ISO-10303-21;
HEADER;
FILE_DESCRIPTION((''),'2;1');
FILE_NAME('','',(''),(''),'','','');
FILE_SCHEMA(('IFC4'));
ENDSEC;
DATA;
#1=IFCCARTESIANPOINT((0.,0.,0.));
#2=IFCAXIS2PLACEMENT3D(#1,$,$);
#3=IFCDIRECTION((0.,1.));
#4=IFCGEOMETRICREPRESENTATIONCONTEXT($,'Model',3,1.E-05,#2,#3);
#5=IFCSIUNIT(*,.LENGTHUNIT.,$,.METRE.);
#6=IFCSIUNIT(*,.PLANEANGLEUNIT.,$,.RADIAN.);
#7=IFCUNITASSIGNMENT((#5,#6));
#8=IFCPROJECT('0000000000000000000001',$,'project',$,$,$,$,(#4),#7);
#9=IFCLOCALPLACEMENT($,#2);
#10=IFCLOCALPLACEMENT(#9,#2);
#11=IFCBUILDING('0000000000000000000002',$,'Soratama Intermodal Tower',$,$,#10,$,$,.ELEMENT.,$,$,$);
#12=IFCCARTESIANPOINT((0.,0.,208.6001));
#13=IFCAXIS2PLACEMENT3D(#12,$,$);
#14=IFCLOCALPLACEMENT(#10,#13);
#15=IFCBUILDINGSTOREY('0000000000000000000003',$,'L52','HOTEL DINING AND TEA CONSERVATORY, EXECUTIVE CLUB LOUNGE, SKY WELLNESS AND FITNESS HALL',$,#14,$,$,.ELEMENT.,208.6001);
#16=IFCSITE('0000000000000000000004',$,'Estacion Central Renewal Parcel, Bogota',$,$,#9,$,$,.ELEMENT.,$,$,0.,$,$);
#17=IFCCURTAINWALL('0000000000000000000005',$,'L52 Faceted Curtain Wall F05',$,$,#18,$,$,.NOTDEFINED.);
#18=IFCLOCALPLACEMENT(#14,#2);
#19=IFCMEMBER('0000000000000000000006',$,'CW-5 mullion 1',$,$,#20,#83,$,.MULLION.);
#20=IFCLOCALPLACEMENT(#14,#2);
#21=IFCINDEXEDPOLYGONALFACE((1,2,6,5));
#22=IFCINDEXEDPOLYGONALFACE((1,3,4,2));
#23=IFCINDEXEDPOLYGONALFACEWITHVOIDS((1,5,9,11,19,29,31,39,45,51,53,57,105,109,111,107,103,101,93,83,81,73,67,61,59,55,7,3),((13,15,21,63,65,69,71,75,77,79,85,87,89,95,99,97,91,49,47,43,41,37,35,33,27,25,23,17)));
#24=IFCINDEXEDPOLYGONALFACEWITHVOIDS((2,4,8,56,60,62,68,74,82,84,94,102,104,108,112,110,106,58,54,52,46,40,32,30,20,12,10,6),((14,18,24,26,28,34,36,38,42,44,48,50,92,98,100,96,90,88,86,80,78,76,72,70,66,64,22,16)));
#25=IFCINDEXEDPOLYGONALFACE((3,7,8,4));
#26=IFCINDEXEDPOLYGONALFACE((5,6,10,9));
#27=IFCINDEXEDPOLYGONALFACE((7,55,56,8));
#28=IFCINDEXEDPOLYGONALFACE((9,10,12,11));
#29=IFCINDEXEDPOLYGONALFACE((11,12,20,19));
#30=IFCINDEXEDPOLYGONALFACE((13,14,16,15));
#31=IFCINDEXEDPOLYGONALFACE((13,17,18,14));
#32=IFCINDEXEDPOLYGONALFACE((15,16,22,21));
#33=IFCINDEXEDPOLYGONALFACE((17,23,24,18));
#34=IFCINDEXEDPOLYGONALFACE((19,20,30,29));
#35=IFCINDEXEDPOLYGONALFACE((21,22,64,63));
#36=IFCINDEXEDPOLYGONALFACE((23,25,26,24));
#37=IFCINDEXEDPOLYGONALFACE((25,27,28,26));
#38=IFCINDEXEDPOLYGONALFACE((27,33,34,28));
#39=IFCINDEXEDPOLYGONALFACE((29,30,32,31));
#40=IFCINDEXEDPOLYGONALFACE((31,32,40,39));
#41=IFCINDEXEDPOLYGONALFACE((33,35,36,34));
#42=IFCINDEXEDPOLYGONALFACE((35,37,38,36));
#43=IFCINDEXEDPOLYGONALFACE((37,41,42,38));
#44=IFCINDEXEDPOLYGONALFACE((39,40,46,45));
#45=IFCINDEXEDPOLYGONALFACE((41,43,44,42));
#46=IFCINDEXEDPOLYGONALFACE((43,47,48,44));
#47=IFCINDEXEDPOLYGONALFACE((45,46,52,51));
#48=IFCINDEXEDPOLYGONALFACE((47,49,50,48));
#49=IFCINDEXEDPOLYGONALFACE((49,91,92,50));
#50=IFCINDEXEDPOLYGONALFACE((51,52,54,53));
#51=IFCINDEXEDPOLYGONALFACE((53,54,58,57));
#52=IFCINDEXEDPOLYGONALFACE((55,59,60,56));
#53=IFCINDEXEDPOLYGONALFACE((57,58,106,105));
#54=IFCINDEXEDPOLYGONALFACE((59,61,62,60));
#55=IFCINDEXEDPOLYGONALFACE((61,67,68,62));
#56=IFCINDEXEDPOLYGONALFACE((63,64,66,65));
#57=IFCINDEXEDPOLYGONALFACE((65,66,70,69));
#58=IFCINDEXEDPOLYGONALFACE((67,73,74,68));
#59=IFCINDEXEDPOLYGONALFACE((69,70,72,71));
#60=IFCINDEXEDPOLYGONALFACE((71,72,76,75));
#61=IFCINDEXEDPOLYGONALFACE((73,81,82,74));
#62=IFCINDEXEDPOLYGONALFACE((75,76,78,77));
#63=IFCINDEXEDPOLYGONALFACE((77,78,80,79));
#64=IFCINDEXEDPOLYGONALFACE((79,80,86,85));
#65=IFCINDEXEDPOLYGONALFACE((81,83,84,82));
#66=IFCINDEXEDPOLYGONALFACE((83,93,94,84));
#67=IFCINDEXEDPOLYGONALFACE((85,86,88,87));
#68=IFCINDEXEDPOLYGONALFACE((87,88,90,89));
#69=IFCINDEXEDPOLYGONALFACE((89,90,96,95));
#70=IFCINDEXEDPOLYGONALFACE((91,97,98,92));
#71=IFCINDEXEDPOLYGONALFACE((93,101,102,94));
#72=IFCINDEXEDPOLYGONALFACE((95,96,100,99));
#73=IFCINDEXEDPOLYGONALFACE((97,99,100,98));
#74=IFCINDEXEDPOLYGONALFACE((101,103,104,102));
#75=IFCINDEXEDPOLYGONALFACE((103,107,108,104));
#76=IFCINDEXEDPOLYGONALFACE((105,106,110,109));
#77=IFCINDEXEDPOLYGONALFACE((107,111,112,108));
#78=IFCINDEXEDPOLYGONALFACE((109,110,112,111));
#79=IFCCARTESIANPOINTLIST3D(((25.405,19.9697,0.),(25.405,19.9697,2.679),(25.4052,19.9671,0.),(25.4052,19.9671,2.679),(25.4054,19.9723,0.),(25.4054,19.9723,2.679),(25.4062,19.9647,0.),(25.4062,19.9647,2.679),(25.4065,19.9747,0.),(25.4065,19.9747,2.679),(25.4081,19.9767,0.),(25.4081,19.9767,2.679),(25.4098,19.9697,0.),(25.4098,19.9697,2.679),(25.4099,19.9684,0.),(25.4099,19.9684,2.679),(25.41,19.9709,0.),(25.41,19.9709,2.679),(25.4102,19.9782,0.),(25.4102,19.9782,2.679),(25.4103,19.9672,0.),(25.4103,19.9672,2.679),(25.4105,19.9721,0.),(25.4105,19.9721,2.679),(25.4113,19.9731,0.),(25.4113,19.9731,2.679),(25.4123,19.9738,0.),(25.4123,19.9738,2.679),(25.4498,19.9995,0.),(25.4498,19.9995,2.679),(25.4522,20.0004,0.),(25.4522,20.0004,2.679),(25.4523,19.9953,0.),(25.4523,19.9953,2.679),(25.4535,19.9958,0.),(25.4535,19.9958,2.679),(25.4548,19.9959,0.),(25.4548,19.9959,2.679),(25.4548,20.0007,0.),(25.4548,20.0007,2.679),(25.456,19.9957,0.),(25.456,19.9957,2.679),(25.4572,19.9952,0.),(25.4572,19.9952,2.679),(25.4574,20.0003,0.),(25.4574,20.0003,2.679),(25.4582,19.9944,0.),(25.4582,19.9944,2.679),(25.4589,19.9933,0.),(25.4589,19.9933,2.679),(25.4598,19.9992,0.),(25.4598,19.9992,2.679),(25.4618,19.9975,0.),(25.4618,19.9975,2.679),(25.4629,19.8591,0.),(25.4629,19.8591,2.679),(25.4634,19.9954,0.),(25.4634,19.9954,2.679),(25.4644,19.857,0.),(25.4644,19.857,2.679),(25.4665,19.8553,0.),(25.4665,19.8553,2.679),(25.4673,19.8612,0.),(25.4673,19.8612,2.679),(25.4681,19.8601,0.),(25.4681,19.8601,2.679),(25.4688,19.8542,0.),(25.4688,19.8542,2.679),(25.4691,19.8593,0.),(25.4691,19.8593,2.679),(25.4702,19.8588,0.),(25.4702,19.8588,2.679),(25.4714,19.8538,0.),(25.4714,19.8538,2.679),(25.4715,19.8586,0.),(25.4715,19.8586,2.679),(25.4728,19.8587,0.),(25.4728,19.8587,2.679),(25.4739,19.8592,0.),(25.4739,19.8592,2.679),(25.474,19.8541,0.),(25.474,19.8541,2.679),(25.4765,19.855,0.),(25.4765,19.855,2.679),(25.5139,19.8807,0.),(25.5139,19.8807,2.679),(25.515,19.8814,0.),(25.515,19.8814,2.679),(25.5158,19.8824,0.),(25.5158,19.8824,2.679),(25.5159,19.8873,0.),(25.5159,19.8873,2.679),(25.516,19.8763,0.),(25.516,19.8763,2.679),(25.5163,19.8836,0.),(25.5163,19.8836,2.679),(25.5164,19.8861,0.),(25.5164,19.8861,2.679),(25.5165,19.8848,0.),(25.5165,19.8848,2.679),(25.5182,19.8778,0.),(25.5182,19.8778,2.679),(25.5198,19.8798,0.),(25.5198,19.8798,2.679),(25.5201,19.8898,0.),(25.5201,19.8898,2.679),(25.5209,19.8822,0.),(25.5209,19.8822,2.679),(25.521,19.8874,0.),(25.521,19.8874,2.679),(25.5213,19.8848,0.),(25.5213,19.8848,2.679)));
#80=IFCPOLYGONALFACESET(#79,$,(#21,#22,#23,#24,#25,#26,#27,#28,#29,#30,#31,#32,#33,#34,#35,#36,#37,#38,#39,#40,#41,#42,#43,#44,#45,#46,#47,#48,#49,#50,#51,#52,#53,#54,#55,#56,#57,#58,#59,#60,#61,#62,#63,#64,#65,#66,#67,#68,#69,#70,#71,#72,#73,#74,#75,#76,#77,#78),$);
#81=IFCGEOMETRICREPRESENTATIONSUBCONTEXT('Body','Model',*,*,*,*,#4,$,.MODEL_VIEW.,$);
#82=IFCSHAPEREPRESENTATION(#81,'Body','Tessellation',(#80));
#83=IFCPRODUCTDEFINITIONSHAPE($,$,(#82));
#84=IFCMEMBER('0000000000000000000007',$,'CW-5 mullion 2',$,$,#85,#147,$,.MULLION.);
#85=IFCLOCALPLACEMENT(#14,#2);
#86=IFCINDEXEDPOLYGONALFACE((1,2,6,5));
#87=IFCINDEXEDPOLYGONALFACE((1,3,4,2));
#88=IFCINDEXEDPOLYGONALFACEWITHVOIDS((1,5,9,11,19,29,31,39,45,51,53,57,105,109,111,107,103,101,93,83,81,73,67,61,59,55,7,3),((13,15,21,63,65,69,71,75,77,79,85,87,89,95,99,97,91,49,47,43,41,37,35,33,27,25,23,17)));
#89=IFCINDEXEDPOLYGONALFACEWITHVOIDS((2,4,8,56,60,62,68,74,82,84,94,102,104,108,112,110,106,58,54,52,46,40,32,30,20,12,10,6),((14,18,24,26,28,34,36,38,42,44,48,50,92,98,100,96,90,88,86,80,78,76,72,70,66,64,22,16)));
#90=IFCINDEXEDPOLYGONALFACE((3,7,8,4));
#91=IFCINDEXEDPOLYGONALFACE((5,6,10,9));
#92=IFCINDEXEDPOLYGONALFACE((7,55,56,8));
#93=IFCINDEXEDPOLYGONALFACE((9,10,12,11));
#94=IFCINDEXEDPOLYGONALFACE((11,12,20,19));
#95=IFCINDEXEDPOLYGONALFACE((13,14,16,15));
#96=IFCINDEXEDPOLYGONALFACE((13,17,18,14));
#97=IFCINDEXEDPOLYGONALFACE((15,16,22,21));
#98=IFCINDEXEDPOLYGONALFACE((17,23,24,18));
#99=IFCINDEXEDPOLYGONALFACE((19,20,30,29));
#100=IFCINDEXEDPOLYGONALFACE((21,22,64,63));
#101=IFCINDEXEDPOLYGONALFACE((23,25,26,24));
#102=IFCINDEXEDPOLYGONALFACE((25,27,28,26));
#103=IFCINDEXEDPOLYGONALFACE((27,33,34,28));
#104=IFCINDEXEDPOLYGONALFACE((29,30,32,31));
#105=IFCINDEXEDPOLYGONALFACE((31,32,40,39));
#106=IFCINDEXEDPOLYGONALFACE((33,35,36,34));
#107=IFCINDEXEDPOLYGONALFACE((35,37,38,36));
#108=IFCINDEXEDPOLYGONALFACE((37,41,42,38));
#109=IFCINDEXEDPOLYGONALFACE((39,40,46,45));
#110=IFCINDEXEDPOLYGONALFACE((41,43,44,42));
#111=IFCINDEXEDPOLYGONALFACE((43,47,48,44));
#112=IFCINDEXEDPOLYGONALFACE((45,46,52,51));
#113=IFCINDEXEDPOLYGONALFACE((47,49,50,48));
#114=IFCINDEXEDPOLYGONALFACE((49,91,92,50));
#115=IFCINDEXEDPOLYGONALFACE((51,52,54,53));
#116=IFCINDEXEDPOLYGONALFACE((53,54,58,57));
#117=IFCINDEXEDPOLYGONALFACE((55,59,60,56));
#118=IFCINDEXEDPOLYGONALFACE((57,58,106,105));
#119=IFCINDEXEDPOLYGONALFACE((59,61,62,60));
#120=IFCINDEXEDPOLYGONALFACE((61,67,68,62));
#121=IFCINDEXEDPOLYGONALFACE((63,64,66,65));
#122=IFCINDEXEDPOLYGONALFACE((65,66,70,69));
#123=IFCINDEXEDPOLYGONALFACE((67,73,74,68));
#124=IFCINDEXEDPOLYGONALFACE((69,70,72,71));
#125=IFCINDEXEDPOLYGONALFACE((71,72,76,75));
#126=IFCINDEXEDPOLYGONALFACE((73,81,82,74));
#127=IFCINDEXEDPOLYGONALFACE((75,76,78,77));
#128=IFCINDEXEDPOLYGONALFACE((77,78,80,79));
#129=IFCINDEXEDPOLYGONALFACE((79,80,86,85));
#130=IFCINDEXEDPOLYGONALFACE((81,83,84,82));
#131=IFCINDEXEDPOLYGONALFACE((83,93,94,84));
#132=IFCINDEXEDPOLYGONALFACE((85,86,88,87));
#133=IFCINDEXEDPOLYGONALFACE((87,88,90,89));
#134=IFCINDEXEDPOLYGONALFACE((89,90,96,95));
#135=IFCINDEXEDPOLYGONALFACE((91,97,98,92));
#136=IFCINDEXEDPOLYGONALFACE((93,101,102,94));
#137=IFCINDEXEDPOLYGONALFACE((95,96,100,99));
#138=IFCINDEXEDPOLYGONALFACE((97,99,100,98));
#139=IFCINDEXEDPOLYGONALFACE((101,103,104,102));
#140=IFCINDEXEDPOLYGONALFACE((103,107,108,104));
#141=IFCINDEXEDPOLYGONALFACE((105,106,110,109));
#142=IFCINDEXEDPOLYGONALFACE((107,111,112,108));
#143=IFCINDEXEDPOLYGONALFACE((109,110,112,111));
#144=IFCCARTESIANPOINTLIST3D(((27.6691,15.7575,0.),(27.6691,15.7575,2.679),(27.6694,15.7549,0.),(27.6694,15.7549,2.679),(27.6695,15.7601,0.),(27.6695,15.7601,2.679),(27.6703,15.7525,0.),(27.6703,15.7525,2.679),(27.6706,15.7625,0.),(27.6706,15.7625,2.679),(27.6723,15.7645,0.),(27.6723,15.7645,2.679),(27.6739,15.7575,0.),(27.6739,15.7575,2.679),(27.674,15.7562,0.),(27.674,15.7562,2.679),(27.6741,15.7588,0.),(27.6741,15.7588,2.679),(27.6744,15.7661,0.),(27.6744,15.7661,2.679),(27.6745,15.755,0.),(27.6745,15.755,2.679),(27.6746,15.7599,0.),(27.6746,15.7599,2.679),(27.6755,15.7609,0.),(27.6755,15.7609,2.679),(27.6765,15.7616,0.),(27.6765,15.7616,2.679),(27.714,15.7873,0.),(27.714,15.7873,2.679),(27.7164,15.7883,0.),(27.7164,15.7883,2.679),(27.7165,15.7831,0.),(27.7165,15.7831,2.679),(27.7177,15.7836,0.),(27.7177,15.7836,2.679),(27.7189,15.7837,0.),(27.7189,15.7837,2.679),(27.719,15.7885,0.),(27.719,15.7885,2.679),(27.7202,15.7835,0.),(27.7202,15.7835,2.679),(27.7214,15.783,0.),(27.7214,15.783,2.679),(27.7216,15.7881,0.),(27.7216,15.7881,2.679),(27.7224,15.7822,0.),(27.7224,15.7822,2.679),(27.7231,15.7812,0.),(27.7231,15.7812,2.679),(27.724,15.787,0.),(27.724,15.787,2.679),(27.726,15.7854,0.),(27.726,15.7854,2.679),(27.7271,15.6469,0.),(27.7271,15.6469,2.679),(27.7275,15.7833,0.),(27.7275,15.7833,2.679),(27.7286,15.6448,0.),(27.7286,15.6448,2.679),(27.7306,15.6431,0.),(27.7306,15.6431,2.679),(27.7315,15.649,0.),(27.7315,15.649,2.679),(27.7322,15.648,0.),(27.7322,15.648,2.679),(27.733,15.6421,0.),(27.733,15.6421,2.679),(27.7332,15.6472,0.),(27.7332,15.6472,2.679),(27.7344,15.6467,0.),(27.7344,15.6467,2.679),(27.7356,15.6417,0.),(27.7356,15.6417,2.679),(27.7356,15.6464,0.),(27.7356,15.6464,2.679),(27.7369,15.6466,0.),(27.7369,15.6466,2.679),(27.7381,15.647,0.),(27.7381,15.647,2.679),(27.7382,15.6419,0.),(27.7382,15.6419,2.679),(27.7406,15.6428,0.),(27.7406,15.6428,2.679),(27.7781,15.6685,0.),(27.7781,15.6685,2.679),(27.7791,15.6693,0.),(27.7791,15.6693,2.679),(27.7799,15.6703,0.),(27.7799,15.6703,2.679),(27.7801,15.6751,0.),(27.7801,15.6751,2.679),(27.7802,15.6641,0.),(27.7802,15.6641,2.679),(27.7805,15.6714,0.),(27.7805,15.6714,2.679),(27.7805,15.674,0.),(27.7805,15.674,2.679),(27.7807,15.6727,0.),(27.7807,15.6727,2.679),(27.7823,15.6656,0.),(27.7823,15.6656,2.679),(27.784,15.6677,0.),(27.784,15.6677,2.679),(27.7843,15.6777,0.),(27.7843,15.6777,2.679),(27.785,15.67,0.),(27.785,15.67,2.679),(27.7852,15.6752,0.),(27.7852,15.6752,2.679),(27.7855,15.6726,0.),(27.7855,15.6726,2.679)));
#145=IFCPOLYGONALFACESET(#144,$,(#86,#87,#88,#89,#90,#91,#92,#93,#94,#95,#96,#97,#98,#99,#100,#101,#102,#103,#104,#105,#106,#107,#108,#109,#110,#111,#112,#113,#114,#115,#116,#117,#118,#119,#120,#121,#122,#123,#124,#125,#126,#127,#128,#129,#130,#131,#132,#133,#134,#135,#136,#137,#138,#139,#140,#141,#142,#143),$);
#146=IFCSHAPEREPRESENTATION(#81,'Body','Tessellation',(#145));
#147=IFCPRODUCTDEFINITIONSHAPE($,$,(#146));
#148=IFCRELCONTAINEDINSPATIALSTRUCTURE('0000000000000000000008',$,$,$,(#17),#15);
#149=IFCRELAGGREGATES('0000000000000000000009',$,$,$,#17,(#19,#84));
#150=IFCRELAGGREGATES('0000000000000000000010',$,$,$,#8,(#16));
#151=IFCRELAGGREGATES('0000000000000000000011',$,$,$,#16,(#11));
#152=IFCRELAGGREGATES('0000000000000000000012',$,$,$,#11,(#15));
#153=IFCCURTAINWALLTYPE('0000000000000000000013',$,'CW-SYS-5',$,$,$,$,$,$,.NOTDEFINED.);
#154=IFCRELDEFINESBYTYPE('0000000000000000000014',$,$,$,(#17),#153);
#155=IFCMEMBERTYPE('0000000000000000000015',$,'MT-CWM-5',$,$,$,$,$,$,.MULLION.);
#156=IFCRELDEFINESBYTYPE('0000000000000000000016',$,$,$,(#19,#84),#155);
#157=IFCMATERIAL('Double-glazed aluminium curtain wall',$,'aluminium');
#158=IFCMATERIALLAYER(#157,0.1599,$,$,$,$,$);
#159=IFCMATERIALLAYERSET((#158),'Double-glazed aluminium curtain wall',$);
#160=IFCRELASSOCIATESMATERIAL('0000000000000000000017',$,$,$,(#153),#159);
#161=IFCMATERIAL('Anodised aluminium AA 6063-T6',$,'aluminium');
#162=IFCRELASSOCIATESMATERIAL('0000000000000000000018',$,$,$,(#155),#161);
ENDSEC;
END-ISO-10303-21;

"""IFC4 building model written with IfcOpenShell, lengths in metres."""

from ifc_helpers import new_model, si_unit, direction, frame, origin, origin_2d, place, context, subcontext, project, spatial, hollow_rectangle, extrude, material, layer, layer_set, material_profile, profile_set, type_object, element, aggregate, save


model = new_model("IFC4")

# Units and contexts
model_context = context("Model", 3, precision=1e-05, world=origin(), true_north=direction((0.0, 1.0)))
body_context = subcontext(model_context, "Body", "Model", "MODEL_VIEW")
ifc_project = project(units=[si_unit("LENGTHUNIT", "METRE"), si_unit("PLANEANGLEUNIT", "RADIAN")], contexts=[model_context])

# Site, building, storey
site_placement = place(None, origin())
site = spatial("IfcSite", under=ifc_project, at=site_placement, Name="Estacion Central Renewal Parcel, Bogota", CompositionType="ELEMENT", RefElevation=0.0)
building_placement = place(site_placement, origin())
building = spatial("IfcBuilding", under=site, at=building_placement, Name="Soratama Intermodal Tower", CompositionType="ELEMENT")
storey_placement = place(building_placement, frame((0.0, 0.0, 208.6001)))
storey = spatial("IfcBuildingStorey", under=building, at=storey_placement, Name="L52", Description="HOTEL DINING AND TEA CONSERVATORY, EXECUTIVE CLUB LOUNGE, SKY WELLNESS AND FITNESS HALL", CompositionType="ELEMENT", Elevation=208.6001)

# Curtain wall, members
ifc_material_1 = material(Name="Double-glazed aluminium curtain wall", Category="aluminium")
ifc_layer_1 = layer(ifc_material_1, 0.1599)
ifc_layer_set_1 = layer_set([ifc_layer_1], Name="Double-glazed aluminium curtain wall")
curtain_wall_type = type_object("IfcCurtainWallType", Name="CW-SYS-5", PredefinedType="NOTDEFINED", material=ifc_layer_set_1)
curtain_wall_placement = place(storey_placement, origin())
curtain_wall = element("IfcCurtainWall", 1, at=curtain_wall_placement, inside=storey, type_object=curtain_wall_type, Name="L52 Faceted Curtain Wall F05", PredefinedType="NOTDEFINED")
ifc_material_2 = material(Name="Anodised aluminium AA 6063-T6", Category="aluminium")
ifc_material_profile_1 = material_profile(ifc_material_2, hollow_rectangle(XDim=0.0649, YDim=0.1399, WallThickness=0.0049, InnerFilletRadius=0.0049, OuterFilletRadius=0.01, at=origin_2d()), Name="CWM140X65X5")
ifc_profile_set_1 = profile_set([ifc_material_profile_1], Name="Anodised aluminium AA 6063-T6")
member_type_1 = type_object("IfcMemberType", Name="MT-CWM-5", PredefinedType="MULLION", material=ifc_profile_set_1)
member_1_placement = place(storey_placement, frame((25.4631, 19.9272, 0.0), z_axis=(0.0, 0.0, 1.0), x_axis=(0.880807, 0.473476, 0.0)))
member_1 = element("IfcMember", 2, at=member_1_placement, type_object=member_type_1, Name="CW-5 mullion 1", PredefinedType="MULLION", context=body_context, shape_type="SweptSolid", body=[
    extrude(hollow_rectangle(XDim=0.0649, YDim=0.1399, WallThickness=0.0049, InnerFilletRadius=0.0049, OuterFilletRadius=0.01, at=origin_2d()), origin(), (0.0, 0.0, 1.0), 2.679),
])
member_2_placement = place(storey_placement, frame((27.7273, 15.7151, 0.0), z_axis=(0.0, 0.0, 1.0), x_axis=(0.880807, 0.473476, 0.0)))
member_2 = element("IfcMember", 3, at=member_2_placement, type_object=member_type_1, Name="CW-5 mullion 2", PredefinedType="MULLION", context=body_context, shape_type="SweptSolid", body=[
    extrude(hollow_rectangle(XDim=0.0649, YDim=0.1399, WallThickness=0.0049, InnerFilletRadius=0.0049, OuterFilletRadius=0.01, at=origin_2d()), origin(), (0.0, 0.0, 1.0), 2.679),
])
aggregate(curtain_wall, [member_1, member_2])

save(model, "model.ifc")
